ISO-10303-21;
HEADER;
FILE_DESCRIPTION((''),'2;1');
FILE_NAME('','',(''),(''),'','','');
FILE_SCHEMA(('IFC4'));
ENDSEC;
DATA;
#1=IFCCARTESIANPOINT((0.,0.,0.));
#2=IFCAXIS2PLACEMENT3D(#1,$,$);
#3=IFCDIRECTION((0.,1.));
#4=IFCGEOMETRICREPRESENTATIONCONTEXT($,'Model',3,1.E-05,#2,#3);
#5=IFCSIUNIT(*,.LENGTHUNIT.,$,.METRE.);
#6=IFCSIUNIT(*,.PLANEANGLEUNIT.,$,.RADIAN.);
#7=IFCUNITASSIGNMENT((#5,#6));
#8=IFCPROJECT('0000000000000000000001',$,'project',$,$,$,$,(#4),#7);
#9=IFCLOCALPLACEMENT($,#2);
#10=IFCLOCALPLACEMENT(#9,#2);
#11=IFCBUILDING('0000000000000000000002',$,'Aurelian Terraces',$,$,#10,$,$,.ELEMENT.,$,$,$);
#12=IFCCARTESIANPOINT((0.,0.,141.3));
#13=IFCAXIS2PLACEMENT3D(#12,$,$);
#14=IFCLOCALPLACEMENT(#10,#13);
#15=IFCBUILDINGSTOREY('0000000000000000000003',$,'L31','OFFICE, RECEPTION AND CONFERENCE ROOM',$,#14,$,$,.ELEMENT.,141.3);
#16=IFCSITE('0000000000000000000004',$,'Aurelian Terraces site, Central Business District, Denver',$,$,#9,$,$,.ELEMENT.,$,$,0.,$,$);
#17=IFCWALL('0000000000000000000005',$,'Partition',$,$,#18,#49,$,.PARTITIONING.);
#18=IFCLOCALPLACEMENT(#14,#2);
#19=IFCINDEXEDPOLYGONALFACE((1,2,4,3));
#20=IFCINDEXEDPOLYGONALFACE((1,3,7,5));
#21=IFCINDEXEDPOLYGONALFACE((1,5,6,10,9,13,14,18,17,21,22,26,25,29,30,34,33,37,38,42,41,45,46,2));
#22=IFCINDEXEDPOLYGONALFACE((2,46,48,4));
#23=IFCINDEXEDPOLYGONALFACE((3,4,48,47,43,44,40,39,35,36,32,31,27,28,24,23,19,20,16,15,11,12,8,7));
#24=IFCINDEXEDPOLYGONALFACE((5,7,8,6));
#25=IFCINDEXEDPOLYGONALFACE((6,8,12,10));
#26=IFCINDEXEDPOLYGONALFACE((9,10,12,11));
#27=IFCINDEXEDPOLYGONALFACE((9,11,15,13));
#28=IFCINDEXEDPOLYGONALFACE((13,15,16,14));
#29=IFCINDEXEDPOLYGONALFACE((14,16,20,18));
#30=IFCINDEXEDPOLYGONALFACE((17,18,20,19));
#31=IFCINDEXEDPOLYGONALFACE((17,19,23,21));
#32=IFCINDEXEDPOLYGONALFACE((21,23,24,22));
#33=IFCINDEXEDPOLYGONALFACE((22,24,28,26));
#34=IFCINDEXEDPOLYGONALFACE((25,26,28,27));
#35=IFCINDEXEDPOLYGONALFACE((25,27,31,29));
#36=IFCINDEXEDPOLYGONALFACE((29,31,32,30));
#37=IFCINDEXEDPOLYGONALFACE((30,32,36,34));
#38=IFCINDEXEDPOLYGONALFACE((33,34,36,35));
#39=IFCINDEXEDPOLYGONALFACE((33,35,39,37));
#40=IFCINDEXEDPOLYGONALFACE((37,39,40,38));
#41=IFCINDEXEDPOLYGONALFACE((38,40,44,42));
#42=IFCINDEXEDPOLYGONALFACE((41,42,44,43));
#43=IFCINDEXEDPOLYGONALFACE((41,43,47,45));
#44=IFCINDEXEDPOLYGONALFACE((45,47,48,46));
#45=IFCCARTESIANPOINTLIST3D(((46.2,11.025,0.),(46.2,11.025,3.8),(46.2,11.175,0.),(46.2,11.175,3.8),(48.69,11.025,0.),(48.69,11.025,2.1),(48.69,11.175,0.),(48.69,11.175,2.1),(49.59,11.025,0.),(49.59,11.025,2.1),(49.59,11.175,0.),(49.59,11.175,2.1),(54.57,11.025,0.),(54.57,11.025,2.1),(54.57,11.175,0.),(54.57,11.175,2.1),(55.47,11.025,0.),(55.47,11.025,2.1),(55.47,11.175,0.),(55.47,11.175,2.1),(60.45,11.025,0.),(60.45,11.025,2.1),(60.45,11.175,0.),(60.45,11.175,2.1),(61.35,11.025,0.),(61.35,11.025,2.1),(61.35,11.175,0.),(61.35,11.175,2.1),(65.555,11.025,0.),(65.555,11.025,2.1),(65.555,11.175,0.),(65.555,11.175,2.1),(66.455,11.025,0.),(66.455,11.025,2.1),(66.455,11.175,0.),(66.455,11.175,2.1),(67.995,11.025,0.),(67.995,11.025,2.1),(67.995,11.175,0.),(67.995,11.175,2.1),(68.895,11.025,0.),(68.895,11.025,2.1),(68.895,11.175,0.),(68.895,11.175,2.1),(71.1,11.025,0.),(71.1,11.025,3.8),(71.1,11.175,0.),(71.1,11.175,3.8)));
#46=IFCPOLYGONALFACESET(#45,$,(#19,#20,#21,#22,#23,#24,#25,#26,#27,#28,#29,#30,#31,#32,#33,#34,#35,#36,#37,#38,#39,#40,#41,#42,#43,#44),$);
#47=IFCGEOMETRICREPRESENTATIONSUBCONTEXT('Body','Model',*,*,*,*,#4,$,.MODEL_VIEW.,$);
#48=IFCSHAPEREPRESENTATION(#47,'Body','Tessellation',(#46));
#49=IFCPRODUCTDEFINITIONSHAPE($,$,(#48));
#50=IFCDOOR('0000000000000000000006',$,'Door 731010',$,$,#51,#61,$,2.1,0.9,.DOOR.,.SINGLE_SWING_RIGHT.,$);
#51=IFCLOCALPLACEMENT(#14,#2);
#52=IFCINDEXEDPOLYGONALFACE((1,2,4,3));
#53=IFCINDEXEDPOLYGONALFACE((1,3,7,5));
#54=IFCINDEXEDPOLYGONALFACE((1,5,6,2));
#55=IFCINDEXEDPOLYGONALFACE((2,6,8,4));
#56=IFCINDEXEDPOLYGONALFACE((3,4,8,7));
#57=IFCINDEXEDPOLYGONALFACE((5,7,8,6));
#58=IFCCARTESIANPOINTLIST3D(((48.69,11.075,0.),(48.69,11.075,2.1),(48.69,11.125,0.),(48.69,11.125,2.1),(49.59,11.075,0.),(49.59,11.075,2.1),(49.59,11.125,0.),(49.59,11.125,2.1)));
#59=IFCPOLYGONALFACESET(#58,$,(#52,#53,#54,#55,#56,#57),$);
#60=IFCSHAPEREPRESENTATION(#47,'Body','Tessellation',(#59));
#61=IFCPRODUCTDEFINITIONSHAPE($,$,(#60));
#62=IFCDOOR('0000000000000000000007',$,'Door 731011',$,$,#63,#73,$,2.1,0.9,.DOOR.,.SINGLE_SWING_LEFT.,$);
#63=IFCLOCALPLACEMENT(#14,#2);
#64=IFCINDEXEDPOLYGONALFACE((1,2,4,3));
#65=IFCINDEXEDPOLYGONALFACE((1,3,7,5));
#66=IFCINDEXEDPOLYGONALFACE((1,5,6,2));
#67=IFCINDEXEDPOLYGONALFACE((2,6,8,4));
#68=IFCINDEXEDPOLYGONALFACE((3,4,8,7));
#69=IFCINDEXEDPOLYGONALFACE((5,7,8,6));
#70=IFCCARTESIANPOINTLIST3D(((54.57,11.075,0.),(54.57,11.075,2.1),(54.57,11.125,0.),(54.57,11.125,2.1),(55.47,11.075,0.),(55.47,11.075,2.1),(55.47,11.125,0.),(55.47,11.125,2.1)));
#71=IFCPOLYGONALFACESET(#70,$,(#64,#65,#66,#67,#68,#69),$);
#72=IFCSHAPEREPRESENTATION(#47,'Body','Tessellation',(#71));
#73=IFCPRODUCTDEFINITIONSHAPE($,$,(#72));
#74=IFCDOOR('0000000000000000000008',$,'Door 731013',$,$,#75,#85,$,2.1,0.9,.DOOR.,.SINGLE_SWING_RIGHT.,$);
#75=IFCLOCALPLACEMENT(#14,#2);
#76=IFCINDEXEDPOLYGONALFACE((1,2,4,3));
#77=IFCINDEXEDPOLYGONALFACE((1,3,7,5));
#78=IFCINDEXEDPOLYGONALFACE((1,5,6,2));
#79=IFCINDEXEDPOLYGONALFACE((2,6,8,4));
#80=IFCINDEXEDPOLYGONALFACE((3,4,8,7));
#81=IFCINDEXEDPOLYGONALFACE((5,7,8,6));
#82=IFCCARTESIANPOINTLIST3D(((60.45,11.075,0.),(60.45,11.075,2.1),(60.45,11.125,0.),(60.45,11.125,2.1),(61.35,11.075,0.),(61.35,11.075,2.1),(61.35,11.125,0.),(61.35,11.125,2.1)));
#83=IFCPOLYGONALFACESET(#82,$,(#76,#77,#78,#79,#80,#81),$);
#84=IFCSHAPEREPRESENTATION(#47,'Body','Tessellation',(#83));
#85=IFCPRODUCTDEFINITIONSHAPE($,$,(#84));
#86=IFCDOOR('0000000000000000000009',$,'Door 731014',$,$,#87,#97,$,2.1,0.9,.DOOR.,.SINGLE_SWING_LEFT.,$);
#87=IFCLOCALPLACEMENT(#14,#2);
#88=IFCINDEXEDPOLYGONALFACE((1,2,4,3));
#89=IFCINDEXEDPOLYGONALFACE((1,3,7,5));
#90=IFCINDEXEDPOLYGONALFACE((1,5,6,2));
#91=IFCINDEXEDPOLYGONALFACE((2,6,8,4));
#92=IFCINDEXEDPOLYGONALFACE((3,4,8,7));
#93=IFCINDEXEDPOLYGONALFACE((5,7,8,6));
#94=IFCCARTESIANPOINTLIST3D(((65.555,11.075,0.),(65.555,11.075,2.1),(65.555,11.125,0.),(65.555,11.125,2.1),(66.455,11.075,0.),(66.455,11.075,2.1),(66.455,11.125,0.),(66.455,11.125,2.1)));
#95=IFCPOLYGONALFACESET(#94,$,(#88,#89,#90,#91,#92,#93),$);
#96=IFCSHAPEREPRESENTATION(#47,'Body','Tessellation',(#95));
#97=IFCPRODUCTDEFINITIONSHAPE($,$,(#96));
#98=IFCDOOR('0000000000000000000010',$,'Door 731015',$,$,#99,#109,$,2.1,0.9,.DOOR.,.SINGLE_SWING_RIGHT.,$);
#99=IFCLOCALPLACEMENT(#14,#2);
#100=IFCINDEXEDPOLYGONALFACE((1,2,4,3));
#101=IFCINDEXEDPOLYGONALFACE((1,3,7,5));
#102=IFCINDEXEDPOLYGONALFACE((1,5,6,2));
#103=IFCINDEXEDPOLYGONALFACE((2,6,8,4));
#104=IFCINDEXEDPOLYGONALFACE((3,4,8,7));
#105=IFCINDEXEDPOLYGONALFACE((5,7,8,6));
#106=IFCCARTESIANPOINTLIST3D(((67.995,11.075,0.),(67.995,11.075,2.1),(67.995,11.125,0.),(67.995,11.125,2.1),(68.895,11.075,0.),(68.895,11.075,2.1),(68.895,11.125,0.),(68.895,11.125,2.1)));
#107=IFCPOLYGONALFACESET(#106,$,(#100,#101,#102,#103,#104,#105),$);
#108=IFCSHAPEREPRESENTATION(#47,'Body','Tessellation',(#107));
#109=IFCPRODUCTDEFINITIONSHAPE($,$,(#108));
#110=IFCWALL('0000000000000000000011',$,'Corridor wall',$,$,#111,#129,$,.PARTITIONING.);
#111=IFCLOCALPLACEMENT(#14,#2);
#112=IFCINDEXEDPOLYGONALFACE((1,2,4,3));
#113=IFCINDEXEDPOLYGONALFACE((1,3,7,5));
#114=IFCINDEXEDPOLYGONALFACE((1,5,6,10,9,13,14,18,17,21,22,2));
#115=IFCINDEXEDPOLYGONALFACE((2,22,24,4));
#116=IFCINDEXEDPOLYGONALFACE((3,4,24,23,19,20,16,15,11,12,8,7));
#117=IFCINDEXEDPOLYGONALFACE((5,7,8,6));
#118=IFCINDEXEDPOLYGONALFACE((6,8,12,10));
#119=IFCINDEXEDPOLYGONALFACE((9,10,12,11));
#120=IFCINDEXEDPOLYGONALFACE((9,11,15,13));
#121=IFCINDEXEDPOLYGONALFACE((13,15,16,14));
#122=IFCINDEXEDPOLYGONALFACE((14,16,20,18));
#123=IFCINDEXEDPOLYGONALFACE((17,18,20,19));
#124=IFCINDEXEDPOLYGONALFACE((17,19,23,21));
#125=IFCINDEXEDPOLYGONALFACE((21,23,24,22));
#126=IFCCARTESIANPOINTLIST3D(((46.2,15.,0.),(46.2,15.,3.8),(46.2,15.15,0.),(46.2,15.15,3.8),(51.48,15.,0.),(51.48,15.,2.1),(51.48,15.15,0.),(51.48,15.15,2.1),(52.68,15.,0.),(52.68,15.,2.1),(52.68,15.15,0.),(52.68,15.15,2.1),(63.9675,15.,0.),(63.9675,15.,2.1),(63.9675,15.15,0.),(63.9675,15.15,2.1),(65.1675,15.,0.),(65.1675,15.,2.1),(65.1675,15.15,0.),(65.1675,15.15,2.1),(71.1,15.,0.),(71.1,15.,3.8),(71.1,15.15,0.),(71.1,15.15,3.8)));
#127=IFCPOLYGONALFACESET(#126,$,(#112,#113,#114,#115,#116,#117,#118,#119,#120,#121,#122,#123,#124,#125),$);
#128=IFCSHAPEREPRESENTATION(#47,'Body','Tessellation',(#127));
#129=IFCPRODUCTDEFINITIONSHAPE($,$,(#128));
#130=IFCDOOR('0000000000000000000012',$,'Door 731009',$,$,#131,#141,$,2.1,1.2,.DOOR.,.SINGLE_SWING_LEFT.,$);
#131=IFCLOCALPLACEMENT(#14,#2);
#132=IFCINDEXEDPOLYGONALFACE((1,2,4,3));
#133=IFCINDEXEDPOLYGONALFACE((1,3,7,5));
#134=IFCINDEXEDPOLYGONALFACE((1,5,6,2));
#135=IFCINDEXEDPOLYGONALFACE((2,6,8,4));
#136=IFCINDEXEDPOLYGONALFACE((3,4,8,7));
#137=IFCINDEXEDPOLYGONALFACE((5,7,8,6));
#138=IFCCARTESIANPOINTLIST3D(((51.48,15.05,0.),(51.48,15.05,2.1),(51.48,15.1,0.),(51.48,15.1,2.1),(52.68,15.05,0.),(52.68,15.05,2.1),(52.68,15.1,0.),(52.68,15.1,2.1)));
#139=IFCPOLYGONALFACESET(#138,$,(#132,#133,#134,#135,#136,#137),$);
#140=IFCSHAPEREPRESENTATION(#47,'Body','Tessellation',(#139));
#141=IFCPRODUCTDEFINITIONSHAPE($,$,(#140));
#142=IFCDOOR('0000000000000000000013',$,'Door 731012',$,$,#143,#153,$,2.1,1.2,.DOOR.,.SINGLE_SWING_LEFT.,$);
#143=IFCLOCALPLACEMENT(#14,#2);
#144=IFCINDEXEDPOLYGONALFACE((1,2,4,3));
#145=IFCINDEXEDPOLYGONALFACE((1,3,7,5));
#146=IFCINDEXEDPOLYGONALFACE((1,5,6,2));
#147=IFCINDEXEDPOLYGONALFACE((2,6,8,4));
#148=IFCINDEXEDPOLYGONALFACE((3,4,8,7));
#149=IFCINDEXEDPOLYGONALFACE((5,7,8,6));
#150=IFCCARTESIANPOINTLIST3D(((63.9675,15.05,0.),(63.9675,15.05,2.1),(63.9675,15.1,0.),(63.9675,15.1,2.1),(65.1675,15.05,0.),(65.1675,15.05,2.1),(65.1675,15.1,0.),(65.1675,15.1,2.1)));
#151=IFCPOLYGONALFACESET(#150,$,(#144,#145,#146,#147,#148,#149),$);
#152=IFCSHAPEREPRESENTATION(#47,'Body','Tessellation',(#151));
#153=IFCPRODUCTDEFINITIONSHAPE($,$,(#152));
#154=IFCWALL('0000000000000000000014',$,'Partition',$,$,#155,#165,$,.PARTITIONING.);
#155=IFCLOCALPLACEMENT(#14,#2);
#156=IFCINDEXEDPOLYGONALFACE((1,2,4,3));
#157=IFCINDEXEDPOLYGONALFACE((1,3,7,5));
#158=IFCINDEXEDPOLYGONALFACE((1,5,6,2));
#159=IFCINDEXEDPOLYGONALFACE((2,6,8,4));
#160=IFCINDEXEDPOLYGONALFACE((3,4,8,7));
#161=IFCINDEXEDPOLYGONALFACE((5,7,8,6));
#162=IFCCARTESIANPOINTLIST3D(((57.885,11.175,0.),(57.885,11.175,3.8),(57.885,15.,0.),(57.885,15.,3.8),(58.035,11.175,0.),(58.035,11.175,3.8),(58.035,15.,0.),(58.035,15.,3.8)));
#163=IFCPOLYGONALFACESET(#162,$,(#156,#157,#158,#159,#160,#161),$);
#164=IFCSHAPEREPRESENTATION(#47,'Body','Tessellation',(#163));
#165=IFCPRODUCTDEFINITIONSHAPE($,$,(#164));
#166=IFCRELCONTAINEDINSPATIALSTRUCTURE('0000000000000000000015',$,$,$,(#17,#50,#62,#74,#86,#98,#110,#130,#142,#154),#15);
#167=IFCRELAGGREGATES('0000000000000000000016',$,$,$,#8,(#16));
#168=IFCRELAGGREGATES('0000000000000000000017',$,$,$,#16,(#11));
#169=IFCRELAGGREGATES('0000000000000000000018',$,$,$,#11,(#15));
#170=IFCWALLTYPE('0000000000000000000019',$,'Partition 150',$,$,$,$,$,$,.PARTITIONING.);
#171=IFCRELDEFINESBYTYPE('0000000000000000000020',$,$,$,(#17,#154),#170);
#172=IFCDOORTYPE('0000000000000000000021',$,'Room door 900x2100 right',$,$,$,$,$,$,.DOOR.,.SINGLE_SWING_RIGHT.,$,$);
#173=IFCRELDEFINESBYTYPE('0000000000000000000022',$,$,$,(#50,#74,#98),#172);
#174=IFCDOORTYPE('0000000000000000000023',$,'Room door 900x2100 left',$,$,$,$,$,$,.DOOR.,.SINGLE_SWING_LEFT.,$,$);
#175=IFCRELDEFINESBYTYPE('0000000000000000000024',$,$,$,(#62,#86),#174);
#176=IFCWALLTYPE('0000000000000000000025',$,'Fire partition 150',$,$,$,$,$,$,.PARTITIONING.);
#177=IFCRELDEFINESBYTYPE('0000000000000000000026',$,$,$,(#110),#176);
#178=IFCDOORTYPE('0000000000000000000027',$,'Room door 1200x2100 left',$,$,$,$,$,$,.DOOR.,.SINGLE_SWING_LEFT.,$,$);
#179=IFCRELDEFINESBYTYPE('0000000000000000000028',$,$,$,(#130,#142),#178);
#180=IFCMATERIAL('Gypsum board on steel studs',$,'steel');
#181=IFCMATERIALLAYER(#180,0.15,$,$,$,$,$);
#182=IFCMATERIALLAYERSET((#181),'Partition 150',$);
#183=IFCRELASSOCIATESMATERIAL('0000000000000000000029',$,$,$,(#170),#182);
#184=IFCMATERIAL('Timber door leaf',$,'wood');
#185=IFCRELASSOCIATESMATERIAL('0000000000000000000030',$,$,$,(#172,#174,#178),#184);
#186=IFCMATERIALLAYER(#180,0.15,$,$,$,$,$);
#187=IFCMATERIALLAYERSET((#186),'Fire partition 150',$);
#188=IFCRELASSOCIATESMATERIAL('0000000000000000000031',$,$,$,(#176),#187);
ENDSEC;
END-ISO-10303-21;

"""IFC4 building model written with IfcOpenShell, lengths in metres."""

from ifc_helpers import new_model, si_unit, direction, frame, frame_2d, origin, place, context, subcontext, project, spatial, rectangle, extrude, source, transform, mapped, material, layer, layer_set, type_object, element, fill, save


model = new_model("IFC4")

# Units and contexts
model_context = context("Model", 3, precision=1e-05, world=origin(), true_north=direction((0.0, 1.0)))
body_context = subcontext(model_context, "Body", "Model", "MODEL_VIEW")
ifc_project = project(units=[si_unit("LENGTHUNIT", "METRE"), si_unit("PLANEANGLEUNIT", "RADIAN")], contexts=[model_context])

# Site, building, storey
site_placement = place(None, origin())
site = spatial("IfcSite", under=ifc_project, at=site_placement, Name="Aurelian Terraces site, Central Business District, Denver", CompositionType="ELEMENT", RefElevation=0.0)
building_placement = place(site_placement, origin())
building = spatial("IfcBuilding", under=site, at=building_placement, Name="Aurelian Terraces", CompositionType="ELEMENT")
storey_placement = place(building_placement, frame((0.0, 0.0, 141.3)))
storey = spatial("IfcBuildingStorey", under=building, at=storey_placement, Name="L31", Description="OFFICE, RECEPTION AND CONFERENCE ROOM", CompositionType="ELEMENT", Elevation=141.3)

# Walls, openings, doors
ifc_material_1 = material(Name="Gypsum board on steel studs", Category="steel")
ifc_layer_1 = layer(ifc_material_1, 0.15)
ifc_layer_set_1 = layer_set([ifc_layer_1], Name="Partition 150")
wall_type_1 = type_object("IfcWallType", Name="Partition 150", PredefinedType="PARTITIONING", material=ifc_layer_set_1)
shared_shape_1 = source(origin(), body_context, "Body", "SweptSolid", [
    extrude(rectangle(XDim=24.9, YDim=0.15, at=frame_2d((12.45, 0.0))), origin(), (0.0, 0.0, 1.0), 3.8),
])
wall_1_placement = place(storey_placement, frame((71.1, 11.1, 0.0), z_axis=(0.0, 0.0, 1.0), x_axis=(-1.0, 0.0, 0.0)))
wall_1 = element("IfcWall", 1, at=wall_1_placement, inside=storey, type_object=wall_type_1, Name="Partition", PredefinedType="PARTITIONING", context=body_context, shape_type="MappedRepresentation", body=[
    mapped(shared_shape_1, transform((0.0, 0.0, 0.0), scale=1.0)),
])
shared_shape_2 = source(origin(), body_context, "Body", "SweptSolid", [
    extrude(rectangle(XDim=0.9, YDim=2.1, at=frame_2d((0.45, 1.05))), frame((0.0, 0.085, 0.0), z_axis=(0.0, -1.0, 0.0), x_axis=(1.0, 0.0, 0.0)), (0.0, 0.0, 1.0), 0.17),
])
opening_1_placement = place(wall_1_placement, frame((21.51, 0.0, 0.0)))
opening_1 = element("IfcOpeningElement", 2, at=opening_1_placement, cuts=wall_1, PredefinedType="OPENING", context=body_context, shape_type="MappedRepresentation", body=[
    mapped(shared_shape_2, transform((0.0, 0.0, 0.0), scale=1.0)),
])
opening_2_placement = place(wall_1_placement, frame((15.63, 0.0, 0.0)))
opening_2 = element("IfcOpeningElement", 3, at=opening_2_placement, cuts=wall_1, PredefinedType="OPENING", context=body_context, shape_type="MappedRepresentation", body=[
    mapped(shared_shape_2, transform((0.0, 0.0, 0.0), scale=1.0)),
])
opening_3_placement = place(wall_1_placement, frame((9.75, 0.0, 0.0)))
opening_3 = element("IfcOpeningElement", 4, at=opening_3_placement, cuts=wall_1, PredefinedType="OPENING", context=body_context, shape_type="MappedRepresentation", body=[
    mapped(shared_shape_2, transform((0.0, 0.0, 0.0), scale=1.0)),
])
opening_4_placement = place(wall_1_placement, frame((4.645, 0.0, 0.0)))
opening_4 = element("IfcOpeningElement", 5, at=opening_4_placement, cuts=wall_1, PredefinedType="OPENING", context=body_context, shape_type="MappedRepresentation", body=[
    mapped(shared_shape_2, transform((0.0, 0.0, 0.0), scale=1.0)),
])
opening_5_placement = place(wall_1_placement, frame((2.205, 0.0, 0.0)))
opening_5 = element("IfcOpeningElement", 6, at=opening_5_placement, cuts=wall_1, PredefinedType="OPENING", context=body_context, shape_type="MappedRepresentation", body=[
    mapped(shared_shape_2, transform((0.0, 0.0, 0.0), scale=1.0)),
])
ifc_material_2 = material(Name="Timber door leaf", Category="wood")
door_type_1 = type_object("IfcDoorType", Name="Room door 900x2100 right", OperationType="SINGLE_SWING_RIGHT", PredefinedType="DOOR", material=ifc_material_2)
shared_shape_3 = source(origin(), body_context, "Body", "SweptSolid", [
    extrude(rectangle(XDim=0.9, YDim=2.1, at=frame_2d((0.45, 1.05))), frame((0.0, 0.025, 0.0), z_axis=(0.0, -1.0, 0.0), x_axis=(1.0, 0.0, 0.0)), (0.0, 0.0, 1.0), 0.05),
])
door_1_placement = place(opening_1_placement, origin())
door_1 = element("IfcDoor", 7, at=door_1_placement, inside=storey, type_object=door_type_1, Name="Door 731010", OperationType="SINGLE_SWING_RIGHT", OverallHeight=2.1, OverallWidth=0.9, PredefinedType="DOOR", context=body_context, shape_type="MappedRepresentation", body=[
    mapped(shared_shape_3, transform((0.0, 0.0, 0.0), scale=1.0)),
])
fill(opening_1, door_1)
door_type_2 = type_object("IfcDoorType", Name="Room door 900x2100 left", OperationType="SINGLE_SWING_LEFT", PredefinedType="DOOR", material=ifc_material_2)
door_2_placement = place(opening_2_placement, origin())
door_2 = element("IfcDoor", 8, at=door_2_placement, inside=storey, type_object=door_type_2, Name="Door 731011", OperationType="SINGLE_SWING_LEFT", OverallHeight=2.1, OverallWidth=0.9, PredefinedType="DOOR", context=body_context, shape_type="MappedRepresentation", body=[
    mapped(shared_shape_3, transform((0.0, 0.0, 0.0), scale=1.0)),
])
fill(opening_2, door_2)
door_3_placement = place(opening_3_placement, origin())
door_3 = element("IfcDoor", 9, at=door_3_placement, inside=storey, type_object=door_type_1, Name="Door 731013", OperationType="SINGLE_SWING_RIGHT", OverallHeight=2.1, OverallWidth=0.9, PredefinedType="DOOR", context=body_context, shape_type="MappedRepresentation", body=[
    mapped(shared_shape_3, transform((0.0, 0.0, 0.0), scale=1.0)),
])
fill(opening_3, door_3)
door_4_placement = place(opening_4_placement, origin())
door_4 = element("IfcDoor", 10, at=door_4_placement, inside=storey, type_object=door_type_2, Name="Door 731014", OperationType="SINGLE_SWING_LEFT", OverallHeight=2.1, OverallWidth=0.9, PredefinedType="DOOR", context=body_context, shape_type="MappedRepresentation", body=[
    mapped(shared_shape_3, transform((0.0, 0.0, 0.0), scale=1.0)),
])
fill(opening_4, door_4)
door_5_placement = place(opening_5_placement, origin())
door_5 = element("IfcDoor", 11, at=door_5_placement, inside=storey, type_object=door_type_1, Name="Door 731015", OperationType="SINGLE_SWING_RIGHT", OverallHeight=2.1, OverallWidth=0.9, PredefinedType="DOOR", context=body_context, shape_type="MappedRepresentation", body=[
    mapped(shared_shape_3, transform((0.0, 0.0, 0.0), scale=1.0)),
])
fill(opening_5, door_5)
ifc_layer_2 = layer(ifc_material_1, 0.15)
ifc_layer_set_2 = layer_set([ifc_layer_2], Name="Fire partition 150")
wall_type_2 = type_object("IfcWallType", Name="Fire partition 150", PredefinedType="PARTITIONING", material=ifc_layer_set_2)
wall_2_placement = place(storey_placement, frame((71.1, 15.075, 0.0), z_axis=(0.0, 0.0, 1.0), x_axis=(-1.0, 0.0, 0.0)))
wall_2 = element("IfcWall", 12, at=wall_2_placement, inside=storey, type_object=wall_type_2, Name="Corridor wall", PredefinedType="PARTITIONING", context=body_context, shape_type="MappedRepresentation", body=[
    mapped(shared_shape_1, transform((0.0, 0.0, 0.0), scale=1.0)),
])
shared_shape_4 = source(origin(), body_context, "Body", "SweptSolid", [
    extrude(rectangle(XDim=1.2, YDim=2.1, at=frame_2d((0.6, 1.05))), frame((0.0, 0.085, 0.0), z_axis=(0.0, -1.0, 0.0), x_axis=(1.0, 0.0, 0.0)), (0.0, 0.0, 1.0), 0.17),
])
opening_6_placement = place(wall_2_placement, frame((18.42, 0.0, 0.0)))
opening_6 = element("IfcOpeningElement", 13, at=opening_6_placement, cuts=wall_2, PredefinedType="OPENING", context=body_context, shape_type="MappedRepresentation", body=[
    mapped(shared_shape_4, transform((0.0, 0.0, 0.0), scale=1.0)),
])
opening_7_placement = place(wall_2_placement, frame((5.9325, 0.0, 0.0)))
opening_7 = element("IfcOpeningElement", 14, at=opening_7_placement, cuts=wall_2, PredefinedType="OPENING", context=body_context, shape_type="MappedRepresentation", body=[
    mapped(shared_shape_4, transform((0.0, 0.0, 0.0), scale=1.0)),
])
door_type_3 = type_object("IfcDoorType", Name="Room door 1200x2100 left", OperationType="SINGLE_SWING_LEFT", PredefinedType="DOOR", material=ifc_material_2)
shared_shape_5 = source(origin(), body_context, "Body", "SweptSolid", [
    extrude(rectangle(XDim=1.2, YDim=2.1, at=frame_2d((0.6, 1.05))), frame((0.0, 0.025, 0.0), z_axis=(0.0, -1.0, 0.0), x_axis=(1.0, 0.0, 0.0)), (0.0, 0.0, 1.0), 0.05),
])
door_6_placement = place(opening_6_placement, origin())
door_6 = element("IfcDoor", 15, at=door_6_placement, inside=storey, type_object=door_type_3, Name="Door 731009", OperationType="SINGLE_SWING_LEFT", OverallHeight=2.1, OverallWidth=1.2, PredefinedType="DOOR", context=body_context, shape_type="MappedRepresentation", body=[
    mapped(shared_shape_5, transform((0.0, 0.0, 0.0), scale=1.0)),
])
fill(opening_6, door_6)
door_7_placement = place(opening_7_placement, origin())
door_7 = element("IfcDoor", 16, at=door_7_placement, inside=storey, type_object=door_type_3, Name="Door 731012", OperationType="SINGLE_SWING_LEFT", OverallHeight=2.1, OverallWidth=1.2, PredefinedType="DOOR", context=body_context, shape_type="MappedRepresentation", body=[
    mapped(shared_shape_5, transform((0.0, 0.0, 0.0), scale=1.0)),
])
fill(opening_7, door_7)

# Wall
shared_shape_6 = source(origin(), body_context, "Body", "SweptSolid", [
    extrude(rectangle(XDim=3.825, YDim=0.15, at=frame_2d((1.9125, 0.0))), origin(), (0.0, 0.0, 1.0), 3.8),
])
wall_3_placement = place(storey_placement, frame((57.96, 11.175, 0.0), z_axis=(0.0, 0.0, 1.0), x_axis=(0.0, 1.0, 0.0)))
element("IfcWall", 17, at=wall_3_placement, inside=storey, type_object=wall_type_1, Name="Partition", PredefinedType="PARTITIONING", context=body_context, shape_type="MappedRepresentation", body=[
    mapped(shared_shape_6, transform((0.0, 0.0, 0.0), scale=1.0)),
])

save(model, "model.ifc")
